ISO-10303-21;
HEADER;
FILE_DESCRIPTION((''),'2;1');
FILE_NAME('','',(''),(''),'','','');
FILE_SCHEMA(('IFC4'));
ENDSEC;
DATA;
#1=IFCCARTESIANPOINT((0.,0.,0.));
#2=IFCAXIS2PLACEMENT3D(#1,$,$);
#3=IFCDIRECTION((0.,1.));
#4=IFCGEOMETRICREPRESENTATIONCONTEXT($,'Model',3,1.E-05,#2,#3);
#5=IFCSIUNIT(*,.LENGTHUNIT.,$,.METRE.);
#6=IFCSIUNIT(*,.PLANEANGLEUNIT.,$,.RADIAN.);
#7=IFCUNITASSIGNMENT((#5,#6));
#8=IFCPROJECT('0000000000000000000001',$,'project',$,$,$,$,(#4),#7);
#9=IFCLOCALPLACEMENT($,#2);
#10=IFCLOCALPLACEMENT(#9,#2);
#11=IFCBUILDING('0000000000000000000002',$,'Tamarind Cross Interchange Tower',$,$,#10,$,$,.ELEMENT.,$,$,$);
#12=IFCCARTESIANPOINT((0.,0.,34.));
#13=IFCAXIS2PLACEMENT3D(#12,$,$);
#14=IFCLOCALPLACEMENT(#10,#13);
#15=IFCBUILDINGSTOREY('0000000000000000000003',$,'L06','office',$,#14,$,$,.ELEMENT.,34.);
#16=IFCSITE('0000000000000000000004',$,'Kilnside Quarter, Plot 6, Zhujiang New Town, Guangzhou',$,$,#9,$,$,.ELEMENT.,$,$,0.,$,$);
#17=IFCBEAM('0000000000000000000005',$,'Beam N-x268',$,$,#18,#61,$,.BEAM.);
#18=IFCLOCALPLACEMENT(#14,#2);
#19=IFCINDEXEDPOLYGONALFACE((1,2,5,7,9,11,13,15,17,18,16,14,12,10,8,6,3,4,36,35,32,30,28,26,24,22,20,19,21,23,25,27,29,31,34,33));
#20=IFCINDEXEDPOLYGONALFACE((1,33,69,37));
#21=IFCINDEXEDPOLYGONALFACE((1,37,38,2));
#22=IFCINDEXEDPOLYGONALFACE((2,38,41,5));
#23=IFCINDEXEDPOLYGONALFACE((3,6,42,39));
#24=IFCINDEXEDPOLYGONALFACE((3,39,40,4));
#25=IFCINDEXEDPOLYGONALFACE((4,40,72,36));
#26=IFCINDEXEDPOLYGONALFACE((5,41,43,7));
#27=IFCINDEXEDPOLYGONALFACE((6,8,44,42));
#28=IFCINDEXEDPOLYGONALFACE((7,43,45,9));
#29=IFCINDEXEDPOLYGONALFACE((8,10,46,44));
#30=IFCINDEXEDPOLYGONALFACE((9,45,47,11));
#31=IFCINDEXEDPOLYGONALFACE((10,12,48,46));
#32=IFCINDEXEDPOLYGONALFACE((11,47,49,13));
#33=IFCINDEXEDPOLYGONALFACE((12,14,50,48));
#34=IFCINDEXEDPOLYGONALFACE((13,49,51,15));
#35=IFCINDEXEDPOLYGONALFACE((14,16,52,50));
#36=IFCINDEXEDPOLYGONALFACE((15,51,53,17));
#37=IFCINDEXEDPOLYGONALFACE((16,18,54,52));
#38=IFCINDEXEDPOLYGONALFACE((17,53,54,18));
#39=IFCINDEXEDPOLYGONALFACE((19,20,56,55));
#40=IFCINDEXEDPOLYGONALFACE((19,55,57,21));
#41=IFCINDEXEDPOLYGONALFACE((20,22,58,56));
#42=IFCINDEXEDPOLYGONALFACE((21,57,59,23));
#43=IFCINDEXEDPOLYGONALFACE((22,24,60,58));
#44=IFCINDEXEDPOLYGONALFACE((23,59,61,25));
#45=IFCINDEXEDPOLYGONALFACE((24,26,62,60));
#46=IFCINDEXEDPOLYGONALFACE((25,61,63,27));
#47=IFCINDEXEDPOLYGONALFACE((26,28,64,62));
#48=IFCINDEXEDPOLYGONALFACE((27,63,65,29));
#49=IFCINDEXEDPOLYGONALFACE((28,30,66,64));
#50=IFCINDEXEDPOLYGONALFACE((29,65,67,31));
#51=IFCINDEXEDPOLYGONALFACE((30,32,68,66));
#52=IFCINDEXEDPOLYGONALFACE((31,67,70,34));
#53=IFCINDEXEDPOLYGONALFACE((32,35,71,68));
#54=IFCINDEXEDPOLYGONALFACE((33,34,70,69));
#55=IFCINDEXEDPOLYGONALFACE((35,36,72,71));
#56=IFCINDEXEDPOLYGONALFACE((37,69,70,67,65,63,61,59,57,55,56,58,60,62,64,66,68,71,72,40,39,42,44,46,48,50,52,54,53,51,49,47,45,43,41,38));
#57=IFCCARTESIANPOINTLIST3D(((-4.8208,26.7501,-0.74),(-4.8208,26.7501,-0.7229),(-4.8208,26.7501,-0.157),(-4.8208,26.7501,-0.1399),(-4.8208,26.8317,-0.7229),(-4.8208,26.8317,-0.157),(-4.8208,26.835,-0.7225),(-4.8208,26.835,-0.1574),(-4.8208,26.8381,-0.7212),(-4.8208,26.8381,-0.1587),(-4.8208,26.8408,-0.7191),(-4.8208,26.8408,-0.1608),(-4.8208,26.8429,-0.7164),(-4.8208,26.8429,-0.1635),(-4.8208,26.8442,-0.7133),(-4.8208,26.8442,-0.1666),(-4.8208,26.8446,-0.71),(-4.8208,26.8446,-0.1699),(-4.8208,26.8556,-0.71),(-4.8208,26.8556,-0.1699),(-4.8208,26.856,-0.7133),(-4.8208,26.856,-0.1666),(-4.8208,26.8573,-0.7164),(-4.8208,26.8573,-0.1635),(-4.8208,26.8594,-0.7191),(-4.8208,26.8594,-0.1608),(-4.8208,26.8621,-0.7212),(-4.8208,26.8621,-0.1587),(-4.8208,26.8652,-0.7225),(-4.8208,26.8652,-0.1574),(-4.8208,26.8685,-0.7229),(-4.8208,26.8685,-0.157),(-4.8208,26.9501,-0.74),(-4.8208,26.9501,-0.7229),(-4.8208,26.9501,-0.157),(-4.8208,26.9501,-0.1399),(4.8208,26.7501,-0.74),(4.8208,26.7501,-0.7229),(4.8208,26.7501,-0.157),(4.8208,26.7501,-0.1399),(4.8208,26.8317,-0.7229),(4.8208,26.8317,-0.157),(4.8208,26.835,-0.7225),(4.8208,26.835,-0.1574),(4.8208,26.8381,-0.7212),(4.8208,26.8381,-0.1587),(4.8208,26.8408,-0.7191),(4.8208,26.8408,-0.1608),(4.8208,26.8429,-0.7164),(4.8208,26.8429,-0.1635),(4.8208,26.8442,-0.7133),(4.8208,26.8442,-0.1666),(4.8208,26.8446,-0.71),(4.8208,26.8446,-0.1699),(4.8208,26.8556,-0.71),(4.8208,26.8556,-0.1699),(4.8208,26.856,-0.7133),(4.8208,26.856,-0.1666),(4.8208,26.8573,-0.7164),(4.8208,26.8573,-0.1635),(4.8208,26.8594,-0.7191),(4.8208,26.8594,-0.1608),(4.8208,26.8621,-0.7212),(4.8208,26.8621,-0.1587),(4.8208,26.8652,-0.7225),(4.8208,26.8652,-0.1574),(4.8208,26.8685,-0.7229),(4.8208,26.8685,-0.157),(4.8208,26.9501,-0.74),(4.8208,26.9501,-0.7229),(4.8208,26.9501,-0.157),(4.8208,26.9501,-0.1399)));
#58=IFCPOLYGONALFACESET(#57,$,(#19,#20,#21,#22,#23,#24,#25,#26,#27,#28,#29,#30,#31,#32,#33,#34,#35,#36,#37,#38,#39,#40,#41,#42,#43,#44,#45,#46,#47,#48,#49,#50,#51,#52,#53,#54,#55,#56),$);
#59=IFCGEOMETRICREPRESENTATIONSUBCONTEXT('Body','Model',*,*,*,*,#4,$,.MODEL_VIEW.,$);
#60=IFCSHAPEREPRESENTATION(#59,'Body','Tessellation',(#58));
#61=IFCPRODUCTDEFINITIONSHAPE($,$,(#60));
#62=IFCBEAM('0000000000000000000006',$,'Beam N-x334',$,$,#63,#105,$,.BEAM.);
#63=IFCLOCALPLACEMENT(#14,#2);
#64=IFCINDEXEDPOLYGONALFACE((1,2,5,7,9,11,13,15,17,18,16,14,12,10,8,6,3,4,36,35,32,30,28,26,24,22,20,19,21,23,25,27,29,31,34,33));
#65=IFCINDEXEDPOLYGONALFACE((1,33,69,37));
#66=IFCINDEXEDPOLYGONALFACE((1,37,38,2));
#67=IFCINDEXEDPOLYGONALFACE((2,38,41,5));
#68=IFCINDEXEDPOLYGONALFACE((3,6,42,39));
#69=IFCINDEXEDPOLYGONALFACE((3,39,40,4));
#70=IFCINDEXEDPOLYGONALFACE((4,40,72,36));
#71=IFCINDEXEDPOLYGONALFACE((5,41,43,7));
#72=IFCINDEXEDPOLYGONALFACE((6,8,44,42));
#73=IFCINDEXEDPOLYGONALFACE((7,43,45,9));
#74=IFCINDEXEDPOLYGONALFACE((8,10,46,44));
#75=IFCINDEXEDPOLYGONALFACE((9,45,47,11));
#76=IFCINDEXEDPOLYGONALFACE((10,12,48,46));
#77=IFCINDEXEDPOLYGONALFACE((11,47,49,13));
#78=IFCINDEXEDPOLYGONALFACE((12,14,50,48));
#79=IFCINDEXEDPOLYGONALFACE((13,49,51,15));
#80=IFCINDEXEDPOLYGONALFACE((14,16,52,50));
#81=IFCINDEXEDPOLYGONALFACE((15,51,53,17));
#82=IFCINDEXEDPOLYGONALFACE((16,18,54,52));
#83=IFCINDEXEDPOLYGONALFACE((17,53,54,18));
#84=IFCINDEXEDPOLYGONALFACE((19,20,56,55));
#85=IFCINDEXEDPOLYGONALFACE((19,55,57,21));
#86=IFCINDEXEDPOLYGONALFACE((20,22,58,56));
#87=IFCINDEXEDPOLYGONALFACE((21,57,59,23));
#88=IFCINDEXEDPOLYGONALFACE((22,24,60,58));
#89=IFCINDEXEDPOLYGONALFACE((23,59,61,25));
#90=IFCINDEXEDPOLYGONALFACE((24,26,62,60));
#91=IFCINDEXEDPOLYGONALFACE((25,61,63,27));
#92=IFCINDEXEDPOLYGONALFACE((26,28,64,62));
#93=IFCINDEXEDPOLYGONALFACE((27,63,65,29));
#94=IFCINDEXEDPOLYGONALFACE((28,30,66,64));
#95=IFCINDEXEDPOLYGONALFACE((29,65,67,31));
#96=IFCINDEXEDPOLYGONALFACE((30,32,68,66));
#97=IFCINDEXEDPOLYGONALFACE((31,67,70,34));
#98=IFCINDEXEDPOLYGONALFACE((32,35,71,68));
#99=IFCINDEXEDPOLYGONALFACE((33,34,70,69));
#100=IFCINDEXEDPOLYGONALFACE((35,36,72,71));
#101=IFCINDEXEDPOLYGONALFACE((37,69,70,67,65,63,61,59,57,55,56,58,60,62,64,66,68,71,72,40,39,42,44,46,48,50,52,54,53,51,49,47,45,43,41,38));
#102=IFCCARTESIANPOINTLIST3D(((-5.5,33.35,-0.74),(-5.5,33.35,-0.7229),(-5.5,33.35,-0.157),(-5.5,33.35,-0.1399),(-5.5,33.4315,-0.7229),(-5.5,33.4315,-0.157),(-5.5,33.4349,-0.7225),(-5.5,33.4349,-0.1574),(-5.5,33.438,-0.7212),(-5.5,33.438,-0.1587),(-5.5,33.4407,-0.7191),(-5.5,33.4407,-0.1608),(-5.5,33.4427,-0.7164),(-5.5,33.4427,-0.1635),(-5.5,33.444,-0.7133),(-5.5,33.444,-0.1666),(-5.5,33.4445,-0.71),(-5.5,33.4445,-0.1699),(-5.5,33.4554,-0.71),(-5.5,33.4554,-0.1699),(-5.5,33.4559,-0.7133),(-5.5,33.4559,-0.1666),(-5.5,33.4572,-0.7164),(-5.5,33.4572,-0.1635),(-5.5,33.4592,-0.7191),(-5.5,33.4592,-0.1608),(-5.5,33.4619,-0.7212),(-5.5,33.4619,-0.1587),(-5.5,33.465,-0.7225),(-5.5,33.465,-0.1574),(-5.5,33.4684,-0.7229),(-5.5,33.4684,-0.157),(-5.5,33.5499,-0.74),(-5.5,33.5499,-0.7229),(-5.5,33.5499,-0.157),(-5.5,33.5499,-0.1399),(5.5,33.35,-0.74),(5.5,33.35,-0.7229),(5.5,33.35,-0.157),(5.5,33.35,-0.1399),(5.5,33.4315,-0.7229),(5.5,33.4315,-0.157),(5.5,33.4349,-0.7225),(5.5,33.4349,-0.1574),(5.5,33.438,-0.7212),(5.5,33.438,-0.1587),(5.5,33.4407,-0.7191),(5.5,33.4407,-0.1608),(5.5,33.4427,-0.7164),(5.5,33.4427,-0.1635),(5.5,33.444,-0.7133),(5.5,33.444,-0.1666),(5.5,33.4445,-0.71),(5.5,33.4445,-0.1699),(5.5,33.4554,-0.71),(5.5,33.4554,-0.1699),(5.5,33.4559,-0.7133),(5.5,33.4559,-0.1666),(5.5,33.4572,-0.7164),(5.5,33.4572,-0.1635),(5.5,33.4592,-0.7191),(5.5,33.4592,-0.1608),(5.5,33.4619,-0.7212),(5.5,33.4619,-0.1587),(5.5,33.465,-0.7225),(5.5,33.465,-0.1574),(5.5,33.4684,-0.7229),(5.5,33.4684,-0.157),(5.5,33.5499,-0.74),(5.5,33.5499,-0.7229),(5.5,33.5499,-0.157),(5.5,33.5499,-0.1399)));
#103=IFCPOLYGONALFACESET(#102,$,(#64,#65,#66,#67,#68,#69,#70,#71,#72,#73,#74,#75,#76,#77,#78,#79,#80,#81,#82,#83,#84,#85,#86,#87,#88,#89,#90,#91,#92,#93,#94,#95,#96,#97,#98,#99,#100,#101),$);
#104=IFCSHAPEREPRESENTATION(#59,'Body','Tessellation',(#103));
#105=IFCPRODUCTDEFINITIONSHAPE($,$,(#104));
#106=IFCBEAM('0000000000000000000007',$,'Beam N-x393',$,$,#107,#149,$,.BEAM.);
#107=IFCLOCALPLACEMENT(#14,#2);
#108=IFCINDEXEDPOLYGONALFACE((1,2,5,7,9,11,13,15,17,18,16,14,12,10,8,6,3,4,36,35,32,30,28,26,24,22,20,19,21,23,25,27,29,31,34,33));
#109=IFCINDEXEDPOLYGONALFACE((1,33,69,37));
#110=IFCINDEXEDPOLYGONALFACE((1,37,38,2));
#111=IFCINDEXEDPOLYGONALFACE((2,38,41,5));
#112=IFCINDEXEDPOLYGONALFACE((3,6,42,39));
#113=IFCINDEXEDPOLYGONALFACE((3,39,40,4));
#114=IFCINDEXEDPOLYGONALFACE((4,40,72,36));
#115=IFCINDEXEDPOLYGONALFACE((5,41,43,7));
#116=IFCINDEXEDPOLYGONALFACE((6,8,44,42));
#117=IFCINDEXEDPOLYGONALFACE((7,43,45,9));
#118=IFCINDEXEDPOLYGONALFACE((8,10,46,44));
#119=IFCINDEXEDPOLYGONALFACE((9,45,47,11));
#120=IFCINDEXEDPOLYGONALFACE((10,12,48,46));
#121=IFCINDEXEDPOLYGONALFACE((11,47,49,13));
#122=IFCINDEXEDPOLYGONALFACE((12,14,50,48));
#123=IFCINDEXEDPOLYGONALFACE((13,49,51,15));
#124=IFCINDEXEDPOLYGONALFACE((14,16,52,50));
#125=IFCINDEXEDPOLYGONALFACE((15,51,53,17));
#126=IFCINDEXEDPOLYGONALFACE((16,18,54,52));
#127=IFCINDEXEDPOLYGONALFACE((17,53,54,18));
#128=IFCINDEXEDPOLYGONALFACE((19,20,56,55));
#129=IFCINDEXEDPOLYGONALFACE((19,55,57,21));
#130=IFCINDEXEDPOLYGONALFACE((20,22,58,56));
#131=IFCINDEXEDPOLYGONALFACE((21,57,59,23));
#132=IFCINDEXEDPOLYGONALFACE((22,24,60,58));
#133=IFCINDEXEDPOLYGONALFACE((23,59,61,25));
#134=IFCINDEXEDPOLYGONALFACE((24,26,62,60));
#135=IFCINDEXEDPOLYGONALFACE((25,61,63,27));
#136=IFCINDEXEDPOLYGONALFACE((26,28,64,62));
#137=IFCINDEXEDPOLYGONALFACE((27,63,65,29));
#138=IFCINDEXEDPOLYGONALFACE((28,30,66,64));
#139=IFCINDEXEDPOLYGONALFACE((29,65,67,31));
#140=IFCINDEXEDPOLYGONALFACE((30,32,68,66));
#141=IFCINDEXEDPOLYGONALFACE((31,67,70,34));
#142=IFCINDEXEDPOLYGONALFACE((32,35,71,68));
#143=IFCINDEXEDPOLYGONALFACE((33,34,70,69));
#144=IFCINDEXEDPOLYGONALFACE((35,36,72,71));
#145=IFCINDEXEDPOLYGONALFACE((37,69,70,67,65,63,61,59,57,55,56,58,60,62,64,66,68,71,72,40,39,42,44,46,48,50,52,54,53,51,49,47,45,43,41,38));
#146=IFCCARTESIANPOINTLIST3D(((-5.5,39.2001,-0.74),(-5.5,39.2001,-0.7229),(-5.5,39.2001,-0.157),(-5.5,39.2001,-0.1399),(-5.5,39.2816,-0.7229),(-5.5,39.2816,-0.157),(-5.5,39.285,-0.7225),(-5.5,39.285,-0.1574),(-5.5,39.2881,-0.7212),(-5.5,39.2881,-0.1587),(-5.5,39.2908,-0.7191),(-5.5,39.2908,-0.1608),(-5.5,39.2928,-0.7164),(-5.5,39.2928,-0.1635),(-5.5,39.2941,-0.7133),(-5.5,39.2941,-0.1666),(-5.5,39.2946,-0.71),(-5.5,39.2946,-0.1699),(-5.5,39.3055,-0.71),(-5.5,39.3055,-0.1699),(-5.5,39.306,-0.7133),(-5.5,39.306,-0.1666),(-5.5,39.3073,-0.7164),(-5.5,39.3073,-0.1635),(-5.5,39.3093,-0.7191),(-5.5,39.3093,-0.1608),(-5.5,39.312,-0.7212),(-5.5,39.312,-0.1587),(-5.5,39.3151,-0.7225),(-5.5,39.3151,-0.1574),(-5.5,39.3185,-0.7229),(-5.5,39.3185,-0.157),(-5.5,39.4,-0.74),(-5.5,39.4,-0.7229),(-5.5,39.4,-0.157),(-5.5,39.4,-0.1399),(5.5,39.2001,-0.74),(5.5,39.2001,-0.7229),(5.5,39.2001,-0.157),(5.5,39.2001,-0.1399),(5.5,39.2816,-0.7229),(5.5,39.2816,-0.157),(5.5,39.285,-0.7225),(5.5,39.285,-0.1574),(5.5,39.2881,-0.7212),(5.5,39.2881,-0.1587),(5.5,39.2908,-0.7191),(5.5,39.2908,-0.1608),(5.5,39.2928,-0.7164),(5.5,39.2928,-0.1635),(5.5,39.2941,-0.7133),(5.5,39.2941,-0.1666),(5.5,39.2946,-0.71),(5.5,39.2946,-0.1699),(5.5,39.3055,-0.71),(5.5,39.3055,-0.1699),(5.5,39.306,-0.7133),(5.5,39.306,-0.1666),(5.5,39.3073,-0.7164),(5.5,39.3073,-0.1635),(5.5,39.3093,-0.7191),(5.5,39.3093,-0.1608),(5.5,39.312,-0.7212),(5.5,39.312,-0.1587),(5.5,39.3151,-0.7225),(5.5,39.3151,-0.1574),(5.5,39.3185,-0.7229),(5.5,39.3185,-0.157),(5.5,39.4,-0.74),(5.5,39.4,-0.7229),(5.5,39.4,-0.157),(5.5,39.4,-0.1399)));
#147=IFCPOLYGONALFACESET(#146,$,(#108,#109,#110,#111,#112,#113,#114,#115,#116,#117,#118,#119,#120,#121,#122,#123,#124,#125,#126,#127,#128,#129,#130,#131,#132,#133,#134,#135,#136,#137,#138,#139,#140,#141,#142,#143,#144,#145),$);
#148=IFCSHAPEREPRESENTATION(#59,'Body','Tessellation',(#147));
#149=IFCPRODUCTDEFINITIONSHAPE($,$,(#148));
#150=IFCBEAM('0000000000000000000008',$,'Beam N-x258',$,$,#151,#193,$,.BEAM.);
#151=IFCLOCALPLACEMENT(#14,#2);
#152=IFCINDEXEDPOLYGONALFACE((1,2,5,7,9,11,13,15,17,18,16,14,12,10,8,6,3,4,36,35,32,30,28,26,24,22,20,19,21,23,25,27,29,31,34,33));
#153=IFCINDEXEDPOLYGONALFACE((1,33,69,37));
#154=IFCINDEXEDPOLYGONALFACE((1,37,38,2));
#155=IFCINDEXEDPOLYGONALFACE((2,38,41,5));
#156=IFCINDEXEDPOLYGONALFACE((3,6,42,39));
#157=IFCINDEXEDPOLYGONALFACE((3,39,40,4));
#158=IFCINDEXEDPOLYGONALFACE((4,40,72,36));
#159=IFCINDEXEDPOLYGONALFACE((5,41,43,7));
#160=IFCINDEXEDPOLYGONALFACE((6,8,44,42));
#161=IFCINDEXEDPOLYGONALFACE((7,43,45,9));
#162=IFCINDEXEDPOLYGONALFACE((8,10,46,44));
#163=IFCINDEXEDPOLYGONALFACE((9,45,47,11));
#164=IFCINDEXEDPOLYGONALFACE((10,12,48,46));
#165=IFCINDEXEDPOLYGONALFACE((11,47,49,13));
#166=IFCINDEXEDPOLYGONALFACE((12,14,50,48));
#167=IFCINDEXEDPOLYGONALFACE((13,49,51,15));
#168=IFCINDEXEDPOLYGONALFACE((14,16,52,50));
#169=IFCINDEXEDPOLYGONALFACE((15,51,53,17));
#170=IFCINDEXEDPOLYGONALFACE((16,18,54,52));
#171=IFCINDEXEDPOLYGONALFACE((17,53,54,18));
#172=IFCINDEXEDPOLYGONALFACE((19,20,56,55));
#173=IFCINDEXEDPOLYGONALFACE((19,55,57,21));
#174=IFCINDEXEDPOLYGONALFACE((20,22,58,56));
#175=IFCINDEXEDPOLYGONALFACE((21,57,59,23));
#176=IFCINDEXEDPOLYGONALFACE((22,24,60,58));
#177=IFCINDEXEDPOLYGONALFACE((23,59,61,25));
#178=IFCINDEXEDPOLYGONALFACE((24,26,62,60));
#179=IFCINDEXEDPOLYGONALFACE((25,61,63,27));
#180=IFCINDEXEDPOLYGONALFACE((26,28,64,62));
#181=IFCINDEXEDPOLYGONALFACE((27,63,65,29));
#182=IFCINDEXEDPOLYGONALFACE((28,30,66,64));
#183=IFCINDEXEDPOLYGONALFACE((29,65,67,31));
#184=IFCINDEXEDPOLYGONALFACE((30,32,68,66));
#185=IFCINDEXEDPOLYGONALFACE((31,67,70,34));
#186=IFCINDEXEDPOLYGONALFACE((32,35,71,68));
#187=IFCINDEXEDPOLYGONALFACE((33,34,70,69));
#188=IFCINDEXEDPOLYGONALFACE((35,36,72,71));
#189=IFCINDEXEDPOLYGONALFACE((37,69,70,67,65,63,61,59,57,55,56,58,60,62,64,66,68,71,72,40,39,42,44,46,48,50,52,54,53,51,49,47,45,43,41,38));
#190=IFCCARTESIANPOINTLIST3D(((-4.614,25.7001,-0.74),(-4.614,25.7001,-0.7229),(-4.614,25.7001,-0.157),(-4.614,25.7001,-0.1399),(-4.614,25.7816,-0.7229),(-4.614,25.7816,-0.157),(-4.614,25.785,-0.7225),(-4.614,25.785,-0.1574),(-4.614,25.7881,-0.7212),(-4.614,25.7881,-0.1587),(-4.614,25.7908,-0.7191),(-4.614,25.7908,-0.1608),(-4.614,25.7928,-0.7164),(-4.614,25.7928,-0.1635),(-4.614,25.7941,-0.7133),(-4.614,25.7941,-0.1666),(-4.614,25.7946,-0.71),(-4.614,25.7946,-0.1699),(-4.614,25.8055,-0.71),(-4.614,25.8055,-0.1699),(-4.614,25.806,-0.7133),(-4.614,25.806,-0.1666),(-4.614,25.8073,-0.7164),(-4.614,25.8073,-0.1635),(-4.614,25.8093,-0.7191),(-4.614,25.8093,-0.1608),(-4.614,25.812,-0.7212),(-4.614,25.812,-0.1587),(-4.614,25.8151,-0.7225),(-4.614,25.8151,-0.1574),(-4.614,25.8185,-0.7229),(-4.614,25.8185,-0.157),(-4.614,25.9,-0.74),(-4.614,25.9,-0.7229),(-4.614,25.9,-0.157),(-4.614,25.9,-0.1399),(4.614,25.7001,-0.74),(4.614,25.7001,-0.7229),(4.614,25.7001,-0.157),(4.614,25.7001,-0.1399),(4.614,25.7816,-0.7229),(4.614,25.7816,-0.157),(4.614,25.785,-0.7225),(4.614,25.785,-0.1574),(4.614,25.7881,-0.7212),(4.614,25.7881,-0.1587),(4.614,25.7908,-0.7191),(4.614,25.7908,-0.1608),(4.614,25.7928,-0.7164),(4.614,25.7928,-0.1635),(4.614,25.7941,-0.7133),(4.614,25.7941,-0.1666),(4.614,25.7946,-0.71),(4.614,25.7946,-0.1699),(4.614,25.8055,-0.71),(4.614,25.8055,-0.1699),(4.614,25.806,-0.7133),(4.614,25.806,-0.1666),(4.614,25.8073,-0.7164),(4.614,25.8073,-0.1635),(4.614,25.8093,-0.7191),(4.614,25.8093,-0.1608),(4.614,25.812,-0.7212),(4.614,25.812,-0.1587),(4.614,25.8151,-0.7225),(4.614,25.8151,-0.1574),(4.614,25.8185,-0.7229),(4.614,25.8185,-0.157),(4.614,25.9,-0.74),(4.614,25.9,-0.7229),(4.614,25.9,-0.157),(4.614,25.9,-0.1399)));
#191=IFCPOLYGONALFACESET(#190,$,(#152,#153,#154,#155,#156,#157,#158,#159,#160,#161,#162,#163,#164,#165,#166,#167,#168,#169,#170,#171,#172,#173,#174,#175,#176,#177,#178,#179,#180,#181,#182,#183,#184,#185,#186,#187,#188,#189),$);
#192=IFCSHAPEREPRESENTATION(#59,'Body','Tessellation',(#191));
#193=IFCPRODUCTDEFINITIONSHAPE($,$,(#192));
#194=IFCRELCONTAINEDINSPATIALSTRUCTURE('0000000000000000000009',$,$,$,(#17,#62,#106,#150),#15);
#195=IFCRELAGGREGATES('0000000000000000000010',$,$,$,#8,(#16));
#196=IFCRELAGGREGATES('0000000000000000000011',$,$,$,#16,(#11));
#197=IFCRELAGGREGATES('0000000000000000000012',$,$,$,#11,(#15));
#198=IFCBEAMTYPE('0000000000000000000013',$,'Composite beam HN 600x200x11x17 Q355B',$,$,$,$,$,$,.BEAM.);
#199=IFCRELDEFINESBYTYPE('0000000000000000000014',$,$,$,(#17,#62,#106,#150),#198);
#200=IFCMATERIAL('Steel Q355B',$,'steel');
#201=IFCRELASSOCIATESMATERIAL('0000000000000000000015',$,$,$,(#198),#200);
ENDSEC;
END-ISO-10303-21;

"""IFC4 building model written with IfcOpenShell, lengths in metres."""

from ifc_helpers import new_model, si_unit, direction, frame, origin, origin_2d, place, context, subcontext, project, spatial, i_section, extrude, material, material_profile, profile_set, type_object, element, save


model = new_model("IFC4")

# Units and contexts
model_context = context("Model", 3, precision=1e-05, world=origin(), true_north=direction((0.0, 1.0)))
body_context = subcontext(model_context, "Body", "Model", "MODEL_VIEW")
ifc_project = project(units=[si_unit("LENGTHUNIT", "METRE"), si_unit("PLANEANGLEUNIT", "RADIAN")], contexts=[model_context])

# Site, building, storey
site_placement = place(None, origin())
site = spatial("IfcSite", under=ifc_project, at=site_placement, Name="Kilnside Quarter, Plot 6, Zhujiang New Town, Guangzhou", CompositionType="ELEMENT", RefElevation=0.0)
building_placement = place(site_placement, origin())
building = spatial("IfcBuilding", under=site, at=building_placement, Name="Tamarind Cross Interchange Tower", CompositionType="ELEMENT")
storey_placement = place(building_placement, frame((0.0, 0.0, 34.0)))
storey = spatial("IfcBuildingStorey", under=building, at=storey_placement, Name="L06", Description="office", CompositionType="ELEMENT", Elevation=34.0)

# Beams
ifc_material_1 = material(Name="Steel Q355B", Category="steel")
ifc_material_profile_1 = material_profile(ifc_material_1, i_section(OverallWidth=0.2, OverallDepth=0.6001, WebThickness=0.011, FlangeThickness=0.0171, FilletRadius=0.0129, at=origin_2d()), Name="HN 600x200x11x17")
ifc_profile_set_1 = profile_set([ifc_material_profile_1], Name="Steel Q355B")
beam_type_1 = type_object("IfcBeamType", Name="Composite beam HN 600x200x11x17 Q355B", PredefinedType="BEAM", material=ifc_profile_set_1)
beam_1_placement = place(storey_placement, frame((4.8208, 26.8501, -0.4399), z_axis=(-1.0, 0.0, 0.0), x_axis=(0.0, -1.0, 0.0)))
element("IfcBeam", 1, at=beam_1_placement, inside=storey, type_object=beam_type_1, Name="Beam N-x268", PredefinedType="BEAM", context=body_context, shape_type="SweptSolid", body=[
    extrude(i_section(OverallWidth=0.2, OverallDepth=0.6001, WebThickness=0.011, FlangeThickness=0.0171, FilletRadius=0.0129, at=origin_2d()), origin(), (0.0, 0.0, 1.0), 9.6416),
])
for number, where, z_axis, x_axis, name in (
    (2, (5.5, 33.45, -0.4399), (-1.0, 0.0, 0.0), (0.0, -1.0, 0.0), "Beam N-x334"),
    (3, (5.5, 39.3, -0.4399), (-1.0, 0.0, 0.0), (0.0, -1.0, 0.0), "Beam N-x393"),
):
    element("IfcBeam", number, at=place(storey_placement, frame(where, z_axis=z_axis, x_axis=x_axis)), inside=storey, type_object=beam_type_1, Name=name, PredefinedType="BEAM", context=body_context, shape_type="SweptSolid", body=[
        extrude(i_section(OverallWidth=0.2, OverallDepth=0.6001, WebThickness=0.011, FlangeThickness=0.0171, FilletRadius=0.0129, at=origin_2d()), origin(), (0.0, 0.0, 1.0), 11.0),
    ])
beam_2_placement = place(storey_placement, frame((4.614, 25.8, -0.4399), z_axis=(-1.0, 0.0, 0.0), x_axis=(0.0, -1.0, 0.0)))
element("IfcBeam", 4, at=beam_2_placement, inside=storey, type_object=beam_type_1, Name="Beam N-x258", PredefinedType="BEAM", context=body_context, shape_type="SweptSolid", body=[
    extrude(i_section(OverallWidth=0.2, OverallDepth=0.6001, WebThickness=0.011, FlangeThickness=0.0171, FilletRadius=0.0129, at=origin_2d()), origin(), (0.0, 0.0, 1.0), 9.228),
])

save(model, "model.ifc")
